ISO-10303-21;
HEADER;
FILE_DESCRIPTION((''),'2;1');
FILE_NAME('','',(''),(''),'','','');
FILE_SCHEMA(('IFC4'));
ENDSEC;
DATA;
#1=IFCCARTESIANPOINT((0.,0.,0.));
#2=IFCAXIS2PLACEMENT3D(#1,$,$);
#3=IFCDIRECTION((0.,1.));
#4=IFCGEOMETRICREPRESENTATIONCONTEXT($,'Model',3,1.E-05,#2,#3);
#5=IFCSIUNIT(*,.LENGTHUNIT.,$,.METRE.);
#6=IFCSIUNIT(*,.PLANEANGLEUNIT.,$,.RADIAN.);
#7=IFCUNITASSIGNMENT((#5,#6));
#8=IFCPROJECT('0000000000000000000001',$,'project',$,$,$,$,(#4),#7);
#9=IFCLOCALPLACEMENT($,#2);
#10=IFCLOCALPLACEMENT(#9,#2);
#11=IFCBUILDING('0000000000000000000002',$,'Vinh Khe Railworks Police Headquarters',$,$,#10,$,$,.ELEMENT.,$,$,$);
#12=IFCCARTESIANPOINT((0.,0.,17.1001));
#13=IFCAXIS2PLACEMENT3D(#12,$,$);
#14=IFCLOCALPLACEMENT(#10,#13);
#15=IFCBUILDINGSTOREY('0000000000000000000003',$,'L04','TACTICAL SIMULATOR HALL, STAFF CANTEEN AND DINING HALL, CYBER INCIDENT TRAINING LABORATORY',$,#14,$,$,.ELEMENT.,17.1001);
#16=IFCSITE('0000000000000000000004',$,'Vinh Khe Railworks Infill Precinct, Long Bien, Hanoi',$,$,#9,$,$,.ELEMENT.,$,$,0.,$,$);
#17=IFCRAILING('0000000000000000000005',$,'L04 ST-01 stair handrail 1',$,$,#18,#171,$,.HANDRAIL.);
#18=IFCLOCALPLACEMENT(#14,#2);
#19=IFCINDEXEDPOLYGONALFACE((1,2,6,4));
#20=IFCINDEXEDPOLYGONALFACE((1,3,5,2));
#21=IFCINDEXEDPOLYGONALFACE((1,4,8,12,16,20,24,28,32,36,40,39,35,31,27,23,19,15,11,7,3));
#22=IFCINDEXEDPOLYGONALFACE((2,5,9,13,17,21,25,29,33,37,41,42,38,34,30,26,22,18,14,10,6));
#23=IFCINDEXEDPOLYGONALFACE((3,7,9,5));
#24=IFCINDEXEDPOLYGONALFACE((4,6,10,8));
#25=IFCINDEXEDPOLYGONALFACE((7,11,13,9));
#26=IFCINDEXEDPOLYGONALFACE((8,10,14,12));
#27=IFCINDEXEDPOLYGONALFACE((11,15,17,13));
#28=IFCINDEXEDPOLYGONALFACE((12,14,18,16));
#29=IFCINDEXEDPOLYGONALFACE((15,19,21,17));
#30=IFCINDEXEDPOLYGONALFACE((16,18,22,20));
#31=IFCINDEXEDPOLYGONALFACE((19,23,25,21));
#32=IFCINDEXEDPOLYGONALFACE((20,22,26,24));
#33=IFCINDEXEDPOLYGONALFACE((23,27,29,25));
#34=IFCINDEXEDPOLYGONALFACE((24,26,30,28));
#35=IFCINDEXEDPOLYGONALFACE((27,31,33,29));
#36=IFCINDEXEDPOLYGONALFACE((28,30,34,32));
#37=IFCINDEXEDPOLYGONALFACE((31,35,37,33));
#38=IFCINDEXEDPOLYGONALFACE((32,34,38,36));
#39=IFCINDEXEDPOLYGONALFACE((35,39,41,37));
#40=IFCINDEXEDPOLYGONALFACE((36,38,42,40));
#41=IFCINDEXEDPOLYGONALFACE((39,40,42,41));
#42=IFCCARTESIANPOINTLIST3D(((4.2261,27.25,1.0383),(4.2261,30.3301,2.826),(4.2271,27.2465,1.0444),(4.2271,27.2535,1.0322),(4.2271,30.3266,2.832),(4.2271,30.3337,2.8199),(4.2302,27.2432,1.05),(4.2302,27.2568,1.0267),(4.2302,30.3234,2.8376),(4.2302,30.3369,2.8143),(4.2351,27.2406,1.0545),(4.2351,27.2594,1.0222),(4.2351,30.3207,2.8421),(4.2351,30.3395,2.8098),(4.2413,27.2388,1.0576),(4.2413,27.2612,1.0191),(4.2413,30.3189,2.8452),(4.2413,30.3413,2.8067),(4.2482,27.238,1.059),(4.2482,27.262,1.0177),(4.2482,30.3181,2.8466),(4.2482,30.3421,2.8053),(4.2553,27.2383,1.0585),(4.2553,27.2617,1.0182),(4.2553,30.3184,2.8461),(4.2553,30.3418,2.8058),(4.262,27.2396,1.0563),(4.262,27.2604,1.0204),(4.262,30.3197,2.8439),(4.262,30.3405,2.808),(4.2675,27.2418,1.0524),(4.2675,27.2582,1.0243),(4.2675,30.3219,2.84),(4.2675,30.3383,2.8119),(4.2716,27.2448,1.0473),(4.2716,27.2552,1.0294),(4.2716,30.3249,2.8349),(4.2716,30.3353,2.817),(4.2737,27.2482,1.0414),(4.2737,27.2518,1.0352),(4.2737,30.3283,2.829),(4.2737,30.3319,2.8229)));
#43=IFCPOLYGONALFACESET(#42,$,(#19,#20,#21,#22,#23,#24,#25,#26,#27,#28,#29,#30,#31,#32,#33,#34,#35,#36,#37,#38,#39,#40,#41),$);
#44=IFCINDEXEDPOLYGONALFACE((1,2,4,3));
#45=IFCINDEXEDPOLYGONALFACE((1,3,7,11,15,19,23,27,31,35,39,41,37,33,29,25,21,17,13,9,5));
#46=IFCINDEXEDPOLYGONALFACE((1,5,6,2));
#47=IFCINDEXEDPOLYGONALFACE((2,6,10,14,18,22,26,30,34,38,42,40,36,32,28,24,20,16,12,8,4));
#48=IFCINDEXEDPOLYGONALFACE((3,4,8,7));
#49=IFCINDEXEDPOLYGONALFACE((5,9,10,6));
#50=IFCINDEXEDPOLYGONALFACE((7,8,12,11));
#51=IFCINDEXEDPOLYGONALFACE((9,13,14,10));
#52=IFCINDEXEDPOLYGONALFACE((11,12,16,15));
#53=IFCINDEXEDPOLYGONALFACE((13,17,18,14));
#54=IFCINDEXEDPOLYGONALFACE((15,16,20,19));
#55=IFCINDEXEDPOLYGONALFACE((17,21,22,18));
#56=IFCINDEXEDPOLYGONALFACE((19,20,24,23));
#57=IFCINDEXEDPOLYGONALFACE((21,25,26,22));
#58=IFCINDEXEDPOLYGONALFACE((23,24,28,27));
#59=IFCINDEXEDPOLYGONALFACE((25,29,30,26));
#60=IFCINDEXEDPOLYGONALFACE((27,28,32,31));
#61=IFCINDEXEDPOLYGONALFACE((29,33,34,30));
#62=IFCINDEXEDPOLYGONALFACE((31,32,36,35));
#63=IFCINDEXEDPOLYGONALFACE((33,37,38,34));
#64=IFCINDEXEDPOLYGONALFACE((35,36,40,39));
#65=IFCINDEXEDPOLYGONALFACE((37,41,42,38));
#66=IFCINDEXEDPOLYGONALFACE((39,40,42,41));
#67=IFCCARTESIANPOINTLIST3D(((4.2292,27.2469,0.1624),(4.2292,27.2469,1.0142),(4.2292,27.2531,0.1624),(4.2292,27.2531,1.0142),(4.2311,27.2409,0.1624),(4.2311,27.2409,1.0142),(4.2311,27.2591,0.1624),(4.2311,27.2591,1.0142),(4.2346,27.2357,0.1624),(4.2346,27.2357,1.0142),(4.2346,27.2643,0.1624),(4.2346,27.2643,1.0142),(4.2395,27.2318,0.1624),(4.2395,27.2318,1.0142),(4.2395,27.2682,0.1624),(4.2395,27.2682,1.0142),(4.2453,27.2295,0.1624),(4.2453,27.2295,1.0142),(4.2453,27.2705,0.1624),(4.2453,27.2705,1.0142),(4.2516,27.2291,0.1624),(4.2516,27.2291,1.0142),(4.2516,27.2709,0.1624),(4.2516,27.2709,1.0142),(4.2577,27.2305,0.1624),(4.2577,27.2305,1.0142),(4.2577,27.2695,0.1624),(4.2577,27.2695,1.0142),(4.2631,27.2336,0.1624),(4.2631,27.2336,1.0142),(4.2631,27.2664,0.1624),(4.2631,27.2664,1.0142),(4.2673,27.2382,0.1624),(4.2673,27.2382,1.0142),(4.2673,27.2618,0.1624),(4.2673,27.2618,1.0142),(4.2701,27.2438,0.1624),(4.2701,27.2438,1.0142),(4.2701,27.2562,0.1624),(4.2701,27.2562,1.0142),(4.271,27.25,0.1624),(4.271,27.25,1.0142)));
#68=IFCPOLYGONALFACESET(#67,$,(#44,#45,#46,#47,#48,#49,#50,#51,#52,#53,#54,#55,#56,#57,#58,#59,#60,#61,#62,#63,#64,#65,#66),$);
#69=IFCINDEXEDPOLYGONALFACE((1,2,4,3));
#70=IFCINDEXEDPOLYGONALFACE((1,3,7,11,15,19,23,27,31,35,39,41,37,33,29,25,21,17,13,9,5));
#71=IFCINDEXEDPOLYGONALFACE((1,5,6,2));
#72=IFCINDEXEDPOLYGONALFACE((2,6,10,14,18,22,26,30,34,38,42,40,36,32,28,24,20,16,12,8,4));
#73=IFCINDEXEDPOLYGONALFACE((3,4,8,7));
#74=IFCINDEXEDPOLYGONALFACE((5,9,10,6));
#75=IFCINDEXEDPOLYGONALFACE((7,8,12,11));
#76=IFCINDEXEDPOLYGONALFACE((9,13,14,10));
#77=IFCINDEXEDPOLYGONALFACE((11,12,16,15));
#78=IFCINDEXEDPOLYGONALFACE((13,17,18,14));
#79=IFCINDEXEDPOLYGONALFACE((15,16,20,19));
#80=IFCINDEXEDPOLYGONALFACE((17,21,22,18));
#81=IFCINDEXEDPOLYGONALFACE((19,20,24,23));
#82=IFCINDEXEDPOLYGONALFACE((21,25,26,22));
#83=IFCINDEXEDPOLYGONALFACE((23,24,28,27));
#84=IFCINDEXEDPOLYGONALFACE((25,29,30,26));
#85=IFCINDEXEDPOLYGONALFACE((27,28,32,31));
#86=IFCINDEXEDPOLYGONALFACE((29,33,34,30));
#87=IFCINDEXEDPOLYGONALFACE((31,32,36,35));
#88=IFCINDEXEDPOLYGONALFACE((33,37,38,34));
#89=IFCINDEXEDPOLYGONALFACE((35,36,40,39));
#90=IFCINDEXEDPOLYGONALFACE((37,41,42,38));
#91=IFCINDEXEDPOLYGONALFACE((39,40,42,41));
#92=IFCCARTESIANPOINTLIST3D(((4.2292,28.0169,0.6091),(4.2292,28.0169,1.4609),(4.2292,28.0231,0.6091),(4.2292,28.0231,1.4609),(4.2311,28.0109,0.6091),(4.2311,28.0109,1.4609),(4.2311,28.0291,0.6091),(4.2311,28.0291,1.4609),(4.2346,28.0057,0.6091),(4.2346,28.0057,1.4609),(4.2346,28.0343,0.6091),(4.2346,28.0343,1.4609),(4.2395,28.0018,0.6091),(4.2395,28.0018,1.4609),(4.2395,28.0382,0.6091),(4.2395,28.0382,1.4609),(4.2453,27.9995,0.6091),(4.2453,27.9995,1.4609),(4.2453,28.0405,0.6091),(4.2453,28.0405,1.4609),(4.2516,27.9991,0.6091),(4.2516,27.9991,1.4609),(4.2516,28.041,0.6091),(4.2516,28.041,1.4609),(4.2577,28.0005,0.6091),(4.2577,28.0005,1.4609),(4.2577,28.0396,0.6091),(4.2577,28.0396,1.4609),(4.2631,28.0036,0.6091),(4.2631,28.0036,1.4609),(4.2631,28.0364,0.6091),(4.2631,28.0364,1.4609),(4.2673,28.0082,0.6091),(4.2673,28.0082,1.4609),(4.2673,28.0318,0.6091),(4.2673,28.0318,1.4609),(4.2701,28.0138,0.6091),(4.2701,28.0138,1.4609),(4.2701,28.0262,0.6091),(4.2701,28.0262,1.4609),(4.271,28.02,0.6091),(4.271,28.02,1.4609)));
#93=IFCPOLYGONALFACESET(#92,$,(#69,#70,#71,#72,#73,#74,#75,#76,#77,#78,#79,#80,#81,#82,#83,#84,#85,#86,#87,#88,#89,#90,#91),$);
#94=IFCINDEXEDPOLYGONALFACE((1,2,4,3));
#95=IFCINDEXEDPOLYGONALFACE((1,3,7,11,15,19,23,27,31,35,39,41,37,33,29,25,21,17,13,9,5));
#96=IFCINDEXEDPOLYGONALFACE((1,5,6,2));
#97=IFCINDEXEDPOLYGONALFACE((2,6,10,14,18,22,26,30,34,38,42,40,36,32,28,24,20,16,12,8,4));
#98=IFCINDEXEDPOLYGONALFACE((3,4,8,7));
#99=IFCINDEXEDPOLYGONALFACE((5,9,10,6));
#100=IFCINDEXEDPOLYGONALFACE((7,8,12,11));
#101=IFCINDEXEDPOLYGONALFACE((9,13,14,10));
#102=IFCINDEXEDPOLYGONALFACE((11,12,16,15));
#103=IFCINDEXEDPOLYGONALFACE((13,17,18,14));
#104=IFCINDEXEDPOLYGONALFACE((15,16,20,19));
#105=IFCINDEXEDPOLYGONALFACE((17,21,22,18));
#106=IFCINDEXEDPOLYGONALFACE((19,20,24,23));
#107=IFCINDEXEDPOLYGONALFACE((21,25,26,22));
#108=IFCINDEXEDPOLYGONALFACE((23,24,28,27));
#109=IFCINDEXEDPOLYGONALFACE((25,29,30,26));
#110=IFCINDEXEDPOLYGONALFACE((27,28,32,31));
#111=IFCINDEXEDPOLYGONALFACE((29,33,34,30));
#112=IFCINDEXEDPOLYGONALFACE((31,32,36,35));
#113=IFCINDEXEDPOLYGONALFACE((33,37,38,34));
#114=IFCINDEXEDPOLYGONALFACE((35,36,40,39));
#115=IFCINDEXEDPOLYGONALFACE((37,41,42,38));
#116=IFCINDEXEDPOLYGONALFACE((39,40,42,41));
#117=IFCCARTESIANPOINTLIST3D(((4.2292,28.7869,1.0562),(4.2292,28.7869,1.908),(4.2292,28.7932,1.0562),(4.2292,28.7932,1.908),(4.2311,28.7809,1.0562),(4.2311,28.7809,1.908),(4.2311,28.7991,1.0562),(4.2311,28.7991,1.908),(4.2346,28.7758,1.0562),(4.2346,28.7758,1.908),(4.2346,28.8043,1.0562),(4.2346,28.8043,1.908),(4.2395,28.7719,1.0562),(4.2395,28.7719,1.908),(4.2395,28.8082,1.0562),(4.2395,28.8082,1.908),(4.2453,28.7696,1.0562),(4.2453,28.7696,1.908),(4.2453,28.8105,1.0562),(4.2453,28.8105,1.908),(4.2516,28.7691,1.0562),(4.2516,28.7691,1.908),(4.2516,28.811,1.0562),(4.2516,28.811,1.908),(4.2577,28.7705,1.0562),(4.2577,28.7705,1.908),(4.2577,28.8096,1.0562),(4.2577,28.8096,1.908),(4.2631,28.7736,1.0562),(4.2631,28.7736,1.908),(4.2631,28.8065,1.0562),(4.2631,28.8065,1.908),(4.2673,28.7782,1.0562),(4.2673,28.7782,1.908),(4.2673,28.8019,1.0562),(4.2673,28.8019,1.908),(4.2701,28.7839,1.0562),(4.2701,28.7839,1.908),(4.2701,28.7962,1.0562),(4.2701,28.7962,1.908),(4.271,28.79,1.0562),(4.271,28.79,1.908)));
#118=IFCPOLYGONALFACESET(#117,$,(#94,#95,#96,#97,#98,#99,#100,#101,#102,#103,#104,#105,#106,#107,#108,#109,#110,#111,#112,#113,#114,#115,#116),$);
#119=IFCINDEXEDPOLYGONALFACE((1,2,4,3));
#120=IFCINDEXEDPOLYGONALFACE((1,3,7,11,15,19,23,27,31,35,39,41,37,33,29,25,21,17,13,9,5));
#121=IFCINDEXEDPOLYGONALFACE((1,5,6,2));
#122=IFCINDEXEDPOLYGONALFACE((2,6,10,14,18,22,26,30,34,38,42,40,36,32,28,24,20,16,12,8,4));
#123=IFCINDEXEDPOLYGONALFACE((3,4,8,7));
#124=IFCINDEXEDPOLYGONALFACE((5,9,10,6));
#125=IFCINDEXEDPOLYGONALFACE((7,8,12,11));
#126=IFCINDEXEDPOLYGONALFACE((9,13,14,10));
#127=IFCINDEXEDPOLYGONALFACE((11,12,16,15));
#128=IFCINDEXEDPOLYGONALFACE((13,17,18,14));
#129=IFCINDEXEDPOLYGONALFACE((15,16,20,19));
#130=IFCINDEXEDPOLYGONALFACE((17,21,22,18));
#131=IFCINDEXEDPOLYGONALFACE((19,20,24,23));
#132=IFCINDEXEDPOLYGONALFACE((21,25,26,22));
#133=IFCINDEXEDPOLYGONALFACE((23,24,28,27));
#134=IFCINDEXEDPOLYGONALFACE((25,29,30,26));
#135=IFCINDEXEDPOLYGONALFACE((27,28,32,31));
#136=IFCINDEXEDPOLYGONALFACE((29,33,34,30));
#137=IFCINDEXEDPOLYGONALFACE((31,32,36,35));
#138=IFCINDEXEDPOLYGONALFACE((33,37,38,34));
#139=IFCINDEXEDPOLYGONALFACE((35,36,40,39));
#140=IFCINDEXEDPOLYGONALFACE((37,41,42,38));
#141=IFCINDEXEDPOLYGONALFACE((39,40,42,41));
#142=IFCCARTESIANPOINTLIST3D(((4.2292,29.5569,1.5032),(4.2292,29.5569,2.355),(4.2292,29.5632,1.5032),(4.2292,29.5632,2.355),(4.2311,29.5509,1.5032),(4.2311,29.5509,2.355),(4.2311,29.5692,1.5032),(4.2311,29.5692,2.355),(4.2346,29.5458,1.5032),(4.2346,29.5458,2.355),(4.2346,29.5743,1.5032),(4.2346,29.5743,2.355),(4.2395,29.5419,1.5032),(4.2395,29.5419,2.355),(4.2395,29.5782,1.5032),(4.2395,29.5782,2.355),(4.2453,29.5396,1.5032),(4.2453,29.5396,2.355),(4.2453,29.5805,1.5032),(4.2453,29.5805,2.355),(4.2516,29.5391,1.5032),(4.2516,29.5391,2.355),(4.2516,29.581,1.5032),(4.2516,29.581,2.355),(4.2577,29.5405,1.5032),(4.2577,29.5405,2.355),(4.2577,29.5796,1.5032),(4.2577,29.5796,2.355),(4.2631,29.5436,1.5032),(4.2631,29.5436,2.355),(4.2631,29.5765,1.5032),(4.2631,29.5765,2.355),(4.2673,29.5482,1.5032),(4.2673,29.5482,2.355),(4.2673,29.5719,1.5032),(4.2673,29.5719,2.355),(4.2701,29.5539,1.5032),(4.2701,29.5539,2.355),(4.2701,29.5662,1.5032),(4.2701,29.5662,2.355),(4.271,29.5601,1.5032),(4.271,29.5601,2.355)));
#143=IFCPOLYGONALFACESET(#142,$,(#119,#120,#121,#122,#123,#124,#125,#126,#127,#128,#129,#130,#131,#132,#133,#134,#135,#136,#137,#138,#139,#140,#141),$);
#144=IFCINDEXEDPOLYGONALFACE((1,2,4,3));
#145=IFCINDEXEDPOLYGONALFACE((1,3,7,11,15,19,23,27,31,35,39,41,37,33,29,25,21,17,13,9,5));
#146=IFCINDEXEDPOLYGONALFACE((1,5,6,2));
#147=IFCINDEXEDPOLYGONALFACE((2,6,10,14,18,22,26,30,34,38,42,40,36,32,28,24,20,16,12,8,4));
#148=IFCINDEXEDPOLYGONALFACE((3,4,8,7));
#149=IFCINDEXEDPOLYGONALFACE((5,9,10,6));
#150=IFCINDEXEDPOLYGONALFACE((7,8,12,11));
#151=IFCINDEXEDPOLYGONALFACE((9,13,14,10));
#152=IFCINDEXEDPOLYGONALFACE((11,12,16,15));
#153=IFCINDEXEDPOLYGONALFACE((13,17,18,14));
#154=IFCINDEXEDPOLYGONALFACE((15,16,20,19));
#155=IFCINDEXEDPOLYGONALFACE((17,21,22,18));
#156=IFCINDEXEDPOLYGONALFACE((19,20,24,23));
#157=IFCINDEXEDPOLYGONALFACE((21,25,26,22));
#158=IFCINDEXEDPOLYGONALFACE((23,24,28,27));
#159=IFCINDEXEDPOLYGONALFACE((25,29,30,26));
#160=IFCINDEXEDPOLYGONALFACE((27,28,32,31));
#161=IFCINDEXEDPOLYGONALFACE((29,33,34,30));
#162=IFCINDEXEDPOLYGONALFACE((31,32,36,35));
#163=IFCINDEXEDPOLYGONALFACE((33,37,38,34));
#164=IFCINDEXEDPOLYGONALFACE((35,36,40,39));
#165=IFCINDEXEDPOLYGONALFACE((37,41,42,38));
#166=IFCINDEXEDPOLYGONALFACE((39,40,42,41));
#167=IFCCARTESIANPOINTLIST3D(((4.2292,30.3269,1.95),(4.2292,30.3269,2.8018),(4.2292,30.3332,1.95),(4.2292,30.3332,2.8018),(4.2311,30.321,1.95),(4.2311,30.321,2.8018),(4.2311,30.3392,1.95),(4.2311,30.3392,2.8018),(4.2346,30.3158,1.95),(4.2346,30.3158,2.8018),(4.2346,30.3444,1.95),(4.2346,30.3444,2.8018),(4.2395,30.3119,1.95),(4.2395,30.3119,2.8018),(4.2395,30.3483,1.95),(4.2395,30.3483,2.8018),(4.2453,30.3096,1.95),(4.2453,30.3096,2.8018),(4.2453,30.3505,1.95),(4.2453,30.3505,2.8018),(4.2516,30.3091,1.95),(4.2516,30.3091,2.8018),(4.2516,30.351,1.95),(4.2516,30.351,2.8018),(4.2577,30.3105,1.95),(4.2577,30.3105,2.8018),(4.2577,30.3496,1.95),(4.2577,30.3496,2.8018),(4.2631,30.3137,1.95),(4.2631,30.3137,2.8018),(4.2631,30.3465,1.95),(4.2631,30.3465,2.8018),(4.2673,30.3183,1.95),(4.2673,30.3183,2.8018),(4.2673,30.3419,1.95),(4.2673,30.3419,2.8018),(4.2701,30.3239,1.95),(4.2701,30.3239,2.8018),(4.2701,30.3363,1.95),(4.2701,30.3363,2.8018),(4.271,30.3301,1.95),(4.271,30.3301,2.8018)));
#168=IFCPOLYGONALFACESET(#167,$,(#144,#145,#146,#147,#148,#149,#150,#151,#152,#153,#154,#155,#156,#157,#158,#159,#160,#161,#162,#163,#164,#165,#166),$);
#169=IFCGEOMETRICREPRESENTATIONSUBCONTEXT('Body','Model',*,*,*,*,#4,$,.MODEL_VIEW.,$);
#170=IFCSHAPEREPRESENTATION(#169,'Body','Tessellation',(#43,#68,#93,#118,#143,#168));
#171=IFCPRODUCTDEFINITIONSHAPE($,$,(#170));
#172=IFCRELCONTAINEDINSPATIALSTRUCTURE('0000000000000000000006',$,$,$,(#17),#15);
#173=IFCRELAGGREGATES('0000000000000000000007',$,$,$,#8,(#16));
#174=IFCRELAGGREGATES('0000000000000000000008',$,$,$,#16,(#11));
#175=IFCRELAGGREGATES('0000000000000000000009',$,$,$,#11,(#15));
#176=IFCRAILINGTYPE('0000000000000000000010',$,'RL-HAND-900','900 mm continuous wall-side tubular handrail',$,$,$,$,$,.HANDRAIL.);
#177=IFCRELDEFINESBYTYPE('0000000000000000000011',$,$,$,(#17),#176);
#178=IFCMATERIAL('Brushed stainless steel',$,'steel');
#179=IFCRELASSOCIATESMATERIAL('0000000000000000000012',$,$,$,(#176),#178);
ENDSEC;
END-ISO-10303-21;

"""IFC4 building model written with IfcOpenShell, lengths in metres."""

from ifc_helpers import new_model, si_unit, direction, frame, origin, origin_2d, place, context, subcontext, project, spatial, circle, extrude, material, type_object, element, save


model = new_model("IFC4")

# Units and contexts
model_context = context("Model", 3, precision=1e-05, world=origin(), true_north=direction((0.0, 1.0)))
body_context = subcontext(model_context, "Body", "Model", "MODEL_VIEW")
ifc_project = project(units=[si_unit("LENGTHUNIT", "METRE"), si_unit("PLANEANGLEUNIT", "RADIAN")], contexts=[model_context])

# Site, building, storey
site_placement = place(None, origin())
site = spatial("IfcSite", under=ifc_project, at=site_placement, Name="Vinh Khe Railworks Infill Precinct, Long Bien, Hanoi", CompositionType="ELEMENT", RefElevation=0.0)
building_placement = place(site_placement, origin())
building = spatial("IfcBuilding", under=site, at=building_placement, Name="Vinh Khe Railworks Police Headquarters", CompositionType="ELEMENT")
storey_placement = place(building_placement, frame((0.0, 0.0, 17.1001)))
storey = spatial("IfcBuildingStorey", under=building, at=storey_placement, Name="L04", Description="TACTICAL SIMULATOR HALL, STAFF CANTEEN AND DINING HALL, CYBER INCIDENT TRAINING LABORATORY", CompositionType="ELEMENT", Elevation=17.1001)

# Railing
ifc_material_1 = material(Name="Brushed stainless steel", Category="steel")
railing_type_1 = type_object("IfcRailingType", Name="RL-HAND-900", Description="900 mm continuous wall-side tubular handrail", PredefinedType="HANDRAIL", material=ifc_material_1)
railing_1_placement = place(storey_placement, frame((4.25, 27.25, 0.1624)))
element("IfcRailing", 1, at=railing_1_placement, inside=storey, type_object=railing_type_1, Name="L04 ST-01 stair handrail 1", PredefinedType="HANDRAIL", context=body_context, shape_type="SweptSolid", body=[
    extrude(circle(Radius=0.0239, at=origin_2d()), frame((0.0, 0.0, 0.876), z_axis=(0.0, 0.864891, 0.50196), x_axis=(-1.0, 0.0, 0.0)), (0.0, 0.0, 1.0), 3.5613),
    extrude(circle(Radius=0.021, at=origin_2d()), origin(), (0.0, 0.0, 1.0), 0.8518),
    extrude(circle(Radius=0.021, at=origin_2d()), frame((0.0, 0.77, 0.4468)), (0.0, 0.0, 1.0), 0.8518),
    extrude(circle(Radius=0.021, at=origin_2d()), frame((0.0, 1.54, 0.8938)), (0.0, 0.0, 1.0), 0.8518),
    extrude(circle(Radius=0.021, at=origin_2d()), frame((0.0, 2.3101, 1.3408)), (0.0, 0.0, 1.0), 0.8518),
    extrude(circle(Radius=0.021, at=origin_2d()), frame((0.0, 3.0801, 1.7876)), (0.0, 0.0, 1.0), 0.8518),
])

save(model, "model.ifc")
